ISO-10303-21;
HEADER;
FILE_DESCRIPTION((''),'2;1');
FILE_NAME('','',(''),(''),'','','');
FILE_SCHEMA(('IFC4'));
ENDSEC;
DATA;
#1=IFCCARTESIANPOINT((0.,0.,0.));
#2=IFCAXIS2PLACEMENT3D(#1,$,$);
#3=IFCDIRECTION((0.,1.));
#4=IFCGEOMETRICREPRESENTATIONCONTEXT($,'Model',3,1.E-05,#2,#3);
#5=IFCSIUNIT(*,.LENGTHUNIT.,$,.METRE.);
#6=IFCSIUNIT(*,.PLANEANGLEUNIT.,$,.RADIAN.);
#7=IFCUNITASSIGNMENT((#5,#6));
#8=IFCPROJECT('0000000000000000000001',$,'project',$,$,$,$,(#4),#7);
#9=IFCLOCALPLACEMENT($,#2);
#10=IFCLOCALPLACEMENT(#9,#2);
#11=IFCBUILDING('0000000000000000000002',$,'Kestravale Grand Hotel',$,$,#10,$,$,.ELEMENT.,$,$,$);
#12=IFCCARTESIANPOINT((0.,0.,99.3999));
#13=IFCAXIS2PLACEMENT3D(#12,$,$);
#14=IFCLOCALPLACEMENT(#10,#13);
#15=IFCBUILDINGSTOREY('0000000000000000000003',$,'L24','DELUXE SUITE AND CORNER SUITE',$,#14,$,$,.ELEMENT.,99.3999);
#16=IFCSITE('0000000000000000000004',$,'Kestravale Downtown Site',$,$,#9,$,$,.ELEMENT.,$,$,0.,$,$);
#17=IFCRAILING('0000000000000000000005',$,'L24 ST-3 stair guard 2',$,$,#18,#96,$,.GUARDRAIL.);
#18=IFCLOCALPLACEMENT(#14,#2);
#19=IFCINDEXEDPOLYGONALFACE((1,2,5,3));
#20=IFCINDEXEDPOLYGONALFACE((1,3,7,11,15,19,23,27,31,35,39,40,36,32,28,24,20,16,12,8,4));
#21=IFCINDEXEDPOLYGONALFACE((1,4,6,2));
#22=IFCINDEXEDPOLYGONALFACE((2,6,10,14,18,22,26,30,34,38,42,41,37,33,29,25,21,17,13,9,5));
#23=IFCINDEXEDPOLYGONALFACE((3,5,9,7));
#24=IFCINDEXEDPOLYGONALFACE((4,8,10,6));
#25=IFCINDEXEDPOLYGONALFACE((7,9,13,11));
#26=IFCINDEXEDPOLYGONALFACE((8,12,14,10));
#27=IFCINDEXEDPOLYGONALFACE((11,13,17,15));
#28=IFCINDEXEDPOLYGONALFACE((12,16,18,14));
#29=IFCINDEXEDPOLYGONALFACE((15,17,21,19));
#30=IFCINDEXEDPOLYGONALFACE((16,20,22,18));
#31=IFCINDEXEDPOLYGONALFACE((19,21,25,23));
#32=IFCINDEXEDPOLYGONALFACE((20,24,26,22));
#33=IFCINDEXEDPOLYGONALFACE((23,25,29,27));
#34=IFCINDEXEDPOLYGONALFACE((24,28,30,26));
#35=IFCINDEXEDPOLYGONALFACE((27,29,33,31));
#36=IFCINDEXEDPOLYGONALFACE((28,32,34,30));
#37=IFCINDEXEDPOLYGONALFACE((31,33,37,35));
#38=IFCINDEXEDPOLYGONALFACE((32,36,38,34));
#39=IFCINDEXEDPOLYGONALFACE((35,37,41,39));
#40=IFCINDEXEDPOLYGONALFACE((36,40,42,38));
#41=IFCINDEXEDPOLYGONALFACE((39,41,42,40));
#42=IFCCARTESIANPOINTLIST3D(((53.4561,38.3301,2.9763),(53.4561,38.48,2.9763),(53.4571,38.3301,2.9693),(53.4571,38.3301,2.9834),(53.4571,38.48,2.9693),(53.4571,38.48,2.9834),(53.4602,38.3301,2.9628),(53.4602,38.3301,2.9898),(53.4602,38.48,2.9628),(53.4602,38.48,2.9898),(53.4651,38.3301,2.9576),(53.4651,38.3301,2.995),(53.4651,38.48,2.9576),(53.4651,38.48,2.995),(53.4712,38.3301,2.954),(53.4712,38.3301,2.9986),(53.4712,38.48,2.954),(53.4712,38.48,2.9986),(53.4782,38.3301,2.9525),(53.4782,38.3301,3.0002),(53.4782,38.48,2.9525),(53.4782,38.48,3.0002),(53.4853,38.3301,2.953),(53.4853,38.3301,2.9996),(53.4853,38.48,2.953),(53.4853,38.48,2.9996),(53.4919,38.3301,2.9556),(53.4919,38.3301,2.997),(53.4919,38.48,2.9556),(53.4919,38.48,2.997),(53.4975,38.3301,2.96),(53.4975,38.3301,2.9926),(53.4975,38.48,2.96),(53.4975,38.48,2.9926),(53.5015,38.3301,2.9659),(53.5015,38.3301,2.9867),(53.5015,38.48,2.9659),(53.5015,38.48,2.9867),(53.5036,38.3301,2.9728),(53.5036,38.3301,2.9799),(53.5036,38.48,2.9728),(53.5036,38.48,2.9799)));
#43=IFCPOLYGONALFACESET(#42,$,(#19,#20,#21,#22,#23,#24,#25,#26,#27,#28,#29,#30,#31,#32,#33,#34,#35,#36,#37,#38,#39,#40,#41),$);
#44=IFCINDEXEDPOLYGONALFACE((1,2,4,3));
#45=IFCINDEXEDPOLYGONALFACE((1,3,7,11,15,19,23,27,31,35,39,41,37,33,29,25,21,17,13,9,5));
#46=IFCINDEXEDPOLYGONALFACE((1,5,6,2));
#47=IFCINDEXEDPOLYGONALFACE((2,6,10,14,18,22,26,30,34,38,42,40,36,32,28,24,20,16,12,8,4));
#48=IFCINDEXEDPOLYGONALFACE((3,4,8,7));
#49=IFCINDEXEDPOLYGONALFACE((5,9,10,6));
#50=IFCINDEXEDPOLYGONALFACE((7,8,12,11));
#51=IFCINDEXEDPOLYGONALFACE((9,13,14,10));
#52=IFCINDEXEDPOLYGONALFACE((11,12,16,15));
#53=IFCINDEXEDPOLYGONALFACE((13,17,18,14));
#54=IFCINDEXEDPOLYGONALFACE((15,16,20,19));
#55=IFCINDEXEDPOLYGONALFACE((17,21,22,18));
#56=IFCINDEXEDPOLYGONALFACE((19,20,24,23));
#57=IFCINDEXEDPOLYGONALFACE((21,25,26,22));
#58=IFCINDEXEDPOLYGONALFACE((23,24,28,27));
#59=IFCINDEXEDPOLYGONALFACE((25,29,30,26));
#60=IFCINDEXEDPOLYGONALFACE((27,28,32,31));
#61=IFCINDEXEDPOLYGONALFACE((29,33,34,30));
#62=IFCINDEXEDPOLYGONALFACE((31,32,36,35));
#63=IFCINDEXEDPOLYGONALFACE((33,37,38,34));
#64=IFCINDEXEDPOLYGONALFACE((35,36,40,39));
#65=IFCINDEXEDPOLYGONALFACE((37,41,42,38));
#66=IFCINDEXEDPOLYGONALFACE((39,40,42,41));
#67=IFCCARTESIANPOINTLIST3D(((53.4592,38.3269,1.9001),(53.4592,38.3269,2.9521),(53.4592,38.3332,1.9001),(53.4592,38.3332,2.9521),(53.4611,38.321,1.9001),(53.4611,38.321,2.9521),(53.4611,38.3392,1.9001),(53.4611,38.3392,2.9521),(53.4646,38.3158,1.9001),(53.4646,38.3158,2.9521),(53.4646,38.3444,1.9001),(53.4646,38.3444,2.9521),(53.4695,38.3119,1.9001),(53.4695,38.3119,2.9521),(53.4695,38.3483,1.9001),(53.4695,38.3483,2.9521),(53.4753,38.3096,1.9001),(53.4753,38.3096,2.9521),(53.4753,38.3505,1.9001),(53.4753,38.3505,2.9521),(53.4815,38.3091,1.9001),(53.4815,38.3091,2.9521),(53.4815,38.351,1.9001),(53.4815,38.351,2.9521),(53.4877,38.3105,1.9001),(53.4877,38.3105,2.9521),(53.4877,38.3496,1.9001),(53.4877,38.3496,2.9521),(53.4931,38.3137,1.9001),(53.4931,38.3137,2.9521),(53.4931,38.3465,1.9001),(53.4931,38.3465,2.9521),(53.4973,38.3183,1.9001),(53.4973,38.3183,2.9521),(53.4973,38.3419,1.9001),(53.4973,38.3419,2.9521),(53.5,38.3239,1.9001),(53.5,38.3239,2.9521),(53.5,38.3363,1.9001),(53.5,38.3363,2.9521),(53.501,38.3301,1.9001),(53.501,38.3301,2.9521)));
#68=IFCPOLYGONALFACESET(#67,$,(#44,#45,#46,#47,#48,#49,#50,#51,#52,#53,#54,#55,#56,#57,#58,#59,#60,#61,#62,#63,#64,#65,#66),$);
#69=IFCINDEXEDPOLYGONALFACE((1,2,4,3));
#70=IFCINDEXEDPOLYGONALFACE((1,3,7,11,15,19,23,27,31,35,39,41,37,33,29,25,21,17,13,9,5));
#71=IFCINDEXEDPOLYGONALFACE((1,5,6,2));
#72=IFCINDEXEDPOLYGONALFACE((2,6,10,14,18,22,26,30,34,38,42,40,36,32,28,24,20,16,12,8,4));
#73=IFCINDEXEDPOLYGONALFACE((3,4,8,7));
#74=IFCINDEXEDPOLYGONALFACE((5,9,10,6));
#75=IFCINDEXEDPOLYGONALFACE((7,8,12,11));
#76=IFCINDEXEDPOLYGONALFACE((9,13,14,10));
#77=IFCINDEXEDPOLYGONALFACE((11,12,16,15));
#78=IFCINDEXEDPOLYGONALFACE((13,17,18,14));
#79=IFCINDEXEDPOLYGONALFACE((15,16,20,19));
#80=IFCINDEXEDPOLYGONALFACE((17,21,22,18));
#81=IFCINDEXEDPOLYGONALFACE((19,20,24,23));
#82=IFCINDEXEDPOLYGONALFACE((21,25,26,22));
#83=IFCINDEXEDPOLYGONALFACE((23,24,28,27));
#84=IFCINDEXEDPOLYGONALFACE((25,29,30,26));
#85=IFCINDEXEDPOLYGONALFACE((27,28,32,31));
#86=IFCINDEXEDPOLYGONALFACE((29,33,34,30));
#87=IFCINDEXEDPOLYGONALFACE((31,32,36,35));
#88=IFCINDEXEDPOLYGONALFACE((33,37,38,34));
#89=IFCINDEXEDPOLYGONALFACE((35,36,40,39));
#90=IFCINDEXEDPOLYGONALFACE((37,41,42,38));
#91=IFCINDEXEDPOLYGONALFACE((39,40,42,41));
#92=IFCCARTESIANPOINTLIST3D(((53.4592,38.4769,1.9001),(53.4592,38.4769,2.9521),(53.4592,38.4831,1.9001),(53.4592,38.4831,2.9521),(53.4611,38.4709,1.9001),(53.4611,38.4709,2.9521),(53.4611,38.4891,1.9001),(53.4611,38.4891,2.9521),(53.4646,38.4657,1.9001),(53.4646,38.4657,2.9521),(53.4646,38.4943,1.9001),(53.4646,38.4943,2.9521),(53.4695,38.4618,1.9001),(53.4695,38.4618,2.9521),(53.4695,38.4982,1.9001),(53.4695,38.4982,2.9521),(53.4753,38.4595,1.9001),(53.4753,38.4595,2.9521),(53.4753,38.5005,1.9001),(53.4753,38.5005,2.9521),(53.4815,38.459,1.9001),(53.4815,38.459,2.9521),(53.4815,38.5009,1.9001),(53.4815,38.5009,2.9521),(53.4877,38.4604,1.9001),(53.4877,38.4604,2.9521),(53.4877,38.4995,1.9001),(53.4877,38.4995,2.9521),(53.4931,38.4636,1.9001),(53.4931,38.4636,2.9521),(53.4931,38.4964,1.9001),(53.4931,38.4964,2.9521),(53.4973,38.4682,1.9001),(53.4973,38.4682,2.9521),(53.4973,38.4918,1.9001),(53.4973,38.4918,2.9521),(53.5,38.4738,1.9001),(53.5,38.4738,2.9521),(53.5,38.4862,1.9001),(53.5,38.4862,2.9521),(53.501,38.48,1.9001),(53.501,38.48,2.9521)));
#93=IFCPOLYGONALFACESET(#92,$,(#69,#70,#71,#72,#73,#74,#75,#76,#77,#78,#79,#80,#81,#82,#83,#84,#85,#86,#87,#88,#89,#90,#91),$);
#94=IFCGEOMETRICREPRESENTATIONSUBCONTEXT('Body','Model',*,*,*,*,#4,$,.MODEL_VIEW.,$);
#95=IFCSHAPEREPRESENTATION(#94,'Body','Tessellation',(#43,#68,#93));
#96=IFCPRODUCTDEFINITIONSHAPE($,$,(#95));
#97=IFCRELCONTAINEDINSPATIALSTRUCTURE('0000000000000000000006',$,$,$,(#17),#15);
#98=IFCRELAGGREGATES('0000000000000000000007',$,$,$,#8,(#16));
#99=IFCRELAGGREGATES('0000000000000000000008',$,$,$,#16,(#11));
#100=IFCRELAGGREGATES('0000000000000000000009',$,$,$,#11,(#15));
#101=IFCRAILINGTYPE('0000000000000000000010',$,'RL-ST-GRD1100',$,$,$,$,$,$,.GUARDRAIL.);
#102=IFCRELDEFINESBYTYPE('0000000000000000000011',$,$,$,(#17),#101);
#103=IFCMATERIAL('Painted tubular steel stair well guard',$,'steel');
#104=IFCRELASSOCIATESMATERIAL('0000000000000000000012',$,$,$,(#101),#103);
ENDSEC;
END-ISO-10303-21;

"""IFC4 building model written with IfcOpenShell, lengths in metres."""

from ifc_helpers import new_model, si_unit, direction, frame, origin, origin_2d, place, context, subcontext, project, spatial, circle, extrude, material, type_object, element, save


model = new_model("IFC4")

# Units and contexts
model_context = context("Model", 3, precision=1e-05, world=origin(), true_north=direction((0.0, 1.0)))
body_context = subcontext(model_context, "Body", "Model", "MODEL_VIEW")
ifc_project = project(units=[si_unit("LENGTHUNIT", "METRE"), si_unit("PLANEANGLEUNIT", "RADIAN")], contexts=[model_context])

# Site, building, storey
site_placement = place(None, origin())
site = spatial("IfcSite", under=ifc_project, at=site_placement, Name="Kestravale Downtown Site", CompositionType="ELEMENT", RefElevation=0.0)
building_placement = place(site_placement, origin())
building = spatial("IfcBuilding", under=site, at=building_placement, Name="Kestravale Grand Hotel", CompositionType="ELEMENT")
storey_placement = place(building_placement, frame((0.0, 0.0, 99.3999)))
storey = spatial("IfcBuildingStorey", under=building, at=storey_placement, Name="L24", Description="DELUXE SUITE AND CORNER SUITE", CompositionType="ELEMENT", Elevation=99.3999)

# Railing
ifc_material_1 = material(Name="Painted tubular steel stair well guard", Category="steel")
railing_type_1 = type_object("IfcRailingType", Name="RL-ST-GRD1100", PredefinedType="GUARDRAIL", material=ifc_material_1)
railing_1_placement = place(storey_placement, frame((53.48, 38.3301, 1.9001)))
element("IfcRailing", 1, at=railing_1_placement, inside=storey, type_object=railing_type_1, Name="L24 ST-3 stair guard 2", PredefinedType="GUARDRAIL", context=body_context, shape_type="SweptSolid", body=[
    extrude(circle(Radius=0.0239, at=origin_2d()), frame((0.0, 0.0, 1.0762), z_axis=(0.0, 1.0, 0.0), x_axis=(-1.0, 0.0, 0.0)), (0.0, 0.0, 1.0), 0.1499),
    extrude(circle(Radius=0.021, at=origin_2d()), origin(), (0.0, 0.0, 1.0), 1.052),
    extrude(circle(Radius=0.021, at=origin_2d()), frame((0.0, 0.1499, 0.0)), (0.0, 0.0, 1.0), 1.052),
])

save(model, "model.ifc")
